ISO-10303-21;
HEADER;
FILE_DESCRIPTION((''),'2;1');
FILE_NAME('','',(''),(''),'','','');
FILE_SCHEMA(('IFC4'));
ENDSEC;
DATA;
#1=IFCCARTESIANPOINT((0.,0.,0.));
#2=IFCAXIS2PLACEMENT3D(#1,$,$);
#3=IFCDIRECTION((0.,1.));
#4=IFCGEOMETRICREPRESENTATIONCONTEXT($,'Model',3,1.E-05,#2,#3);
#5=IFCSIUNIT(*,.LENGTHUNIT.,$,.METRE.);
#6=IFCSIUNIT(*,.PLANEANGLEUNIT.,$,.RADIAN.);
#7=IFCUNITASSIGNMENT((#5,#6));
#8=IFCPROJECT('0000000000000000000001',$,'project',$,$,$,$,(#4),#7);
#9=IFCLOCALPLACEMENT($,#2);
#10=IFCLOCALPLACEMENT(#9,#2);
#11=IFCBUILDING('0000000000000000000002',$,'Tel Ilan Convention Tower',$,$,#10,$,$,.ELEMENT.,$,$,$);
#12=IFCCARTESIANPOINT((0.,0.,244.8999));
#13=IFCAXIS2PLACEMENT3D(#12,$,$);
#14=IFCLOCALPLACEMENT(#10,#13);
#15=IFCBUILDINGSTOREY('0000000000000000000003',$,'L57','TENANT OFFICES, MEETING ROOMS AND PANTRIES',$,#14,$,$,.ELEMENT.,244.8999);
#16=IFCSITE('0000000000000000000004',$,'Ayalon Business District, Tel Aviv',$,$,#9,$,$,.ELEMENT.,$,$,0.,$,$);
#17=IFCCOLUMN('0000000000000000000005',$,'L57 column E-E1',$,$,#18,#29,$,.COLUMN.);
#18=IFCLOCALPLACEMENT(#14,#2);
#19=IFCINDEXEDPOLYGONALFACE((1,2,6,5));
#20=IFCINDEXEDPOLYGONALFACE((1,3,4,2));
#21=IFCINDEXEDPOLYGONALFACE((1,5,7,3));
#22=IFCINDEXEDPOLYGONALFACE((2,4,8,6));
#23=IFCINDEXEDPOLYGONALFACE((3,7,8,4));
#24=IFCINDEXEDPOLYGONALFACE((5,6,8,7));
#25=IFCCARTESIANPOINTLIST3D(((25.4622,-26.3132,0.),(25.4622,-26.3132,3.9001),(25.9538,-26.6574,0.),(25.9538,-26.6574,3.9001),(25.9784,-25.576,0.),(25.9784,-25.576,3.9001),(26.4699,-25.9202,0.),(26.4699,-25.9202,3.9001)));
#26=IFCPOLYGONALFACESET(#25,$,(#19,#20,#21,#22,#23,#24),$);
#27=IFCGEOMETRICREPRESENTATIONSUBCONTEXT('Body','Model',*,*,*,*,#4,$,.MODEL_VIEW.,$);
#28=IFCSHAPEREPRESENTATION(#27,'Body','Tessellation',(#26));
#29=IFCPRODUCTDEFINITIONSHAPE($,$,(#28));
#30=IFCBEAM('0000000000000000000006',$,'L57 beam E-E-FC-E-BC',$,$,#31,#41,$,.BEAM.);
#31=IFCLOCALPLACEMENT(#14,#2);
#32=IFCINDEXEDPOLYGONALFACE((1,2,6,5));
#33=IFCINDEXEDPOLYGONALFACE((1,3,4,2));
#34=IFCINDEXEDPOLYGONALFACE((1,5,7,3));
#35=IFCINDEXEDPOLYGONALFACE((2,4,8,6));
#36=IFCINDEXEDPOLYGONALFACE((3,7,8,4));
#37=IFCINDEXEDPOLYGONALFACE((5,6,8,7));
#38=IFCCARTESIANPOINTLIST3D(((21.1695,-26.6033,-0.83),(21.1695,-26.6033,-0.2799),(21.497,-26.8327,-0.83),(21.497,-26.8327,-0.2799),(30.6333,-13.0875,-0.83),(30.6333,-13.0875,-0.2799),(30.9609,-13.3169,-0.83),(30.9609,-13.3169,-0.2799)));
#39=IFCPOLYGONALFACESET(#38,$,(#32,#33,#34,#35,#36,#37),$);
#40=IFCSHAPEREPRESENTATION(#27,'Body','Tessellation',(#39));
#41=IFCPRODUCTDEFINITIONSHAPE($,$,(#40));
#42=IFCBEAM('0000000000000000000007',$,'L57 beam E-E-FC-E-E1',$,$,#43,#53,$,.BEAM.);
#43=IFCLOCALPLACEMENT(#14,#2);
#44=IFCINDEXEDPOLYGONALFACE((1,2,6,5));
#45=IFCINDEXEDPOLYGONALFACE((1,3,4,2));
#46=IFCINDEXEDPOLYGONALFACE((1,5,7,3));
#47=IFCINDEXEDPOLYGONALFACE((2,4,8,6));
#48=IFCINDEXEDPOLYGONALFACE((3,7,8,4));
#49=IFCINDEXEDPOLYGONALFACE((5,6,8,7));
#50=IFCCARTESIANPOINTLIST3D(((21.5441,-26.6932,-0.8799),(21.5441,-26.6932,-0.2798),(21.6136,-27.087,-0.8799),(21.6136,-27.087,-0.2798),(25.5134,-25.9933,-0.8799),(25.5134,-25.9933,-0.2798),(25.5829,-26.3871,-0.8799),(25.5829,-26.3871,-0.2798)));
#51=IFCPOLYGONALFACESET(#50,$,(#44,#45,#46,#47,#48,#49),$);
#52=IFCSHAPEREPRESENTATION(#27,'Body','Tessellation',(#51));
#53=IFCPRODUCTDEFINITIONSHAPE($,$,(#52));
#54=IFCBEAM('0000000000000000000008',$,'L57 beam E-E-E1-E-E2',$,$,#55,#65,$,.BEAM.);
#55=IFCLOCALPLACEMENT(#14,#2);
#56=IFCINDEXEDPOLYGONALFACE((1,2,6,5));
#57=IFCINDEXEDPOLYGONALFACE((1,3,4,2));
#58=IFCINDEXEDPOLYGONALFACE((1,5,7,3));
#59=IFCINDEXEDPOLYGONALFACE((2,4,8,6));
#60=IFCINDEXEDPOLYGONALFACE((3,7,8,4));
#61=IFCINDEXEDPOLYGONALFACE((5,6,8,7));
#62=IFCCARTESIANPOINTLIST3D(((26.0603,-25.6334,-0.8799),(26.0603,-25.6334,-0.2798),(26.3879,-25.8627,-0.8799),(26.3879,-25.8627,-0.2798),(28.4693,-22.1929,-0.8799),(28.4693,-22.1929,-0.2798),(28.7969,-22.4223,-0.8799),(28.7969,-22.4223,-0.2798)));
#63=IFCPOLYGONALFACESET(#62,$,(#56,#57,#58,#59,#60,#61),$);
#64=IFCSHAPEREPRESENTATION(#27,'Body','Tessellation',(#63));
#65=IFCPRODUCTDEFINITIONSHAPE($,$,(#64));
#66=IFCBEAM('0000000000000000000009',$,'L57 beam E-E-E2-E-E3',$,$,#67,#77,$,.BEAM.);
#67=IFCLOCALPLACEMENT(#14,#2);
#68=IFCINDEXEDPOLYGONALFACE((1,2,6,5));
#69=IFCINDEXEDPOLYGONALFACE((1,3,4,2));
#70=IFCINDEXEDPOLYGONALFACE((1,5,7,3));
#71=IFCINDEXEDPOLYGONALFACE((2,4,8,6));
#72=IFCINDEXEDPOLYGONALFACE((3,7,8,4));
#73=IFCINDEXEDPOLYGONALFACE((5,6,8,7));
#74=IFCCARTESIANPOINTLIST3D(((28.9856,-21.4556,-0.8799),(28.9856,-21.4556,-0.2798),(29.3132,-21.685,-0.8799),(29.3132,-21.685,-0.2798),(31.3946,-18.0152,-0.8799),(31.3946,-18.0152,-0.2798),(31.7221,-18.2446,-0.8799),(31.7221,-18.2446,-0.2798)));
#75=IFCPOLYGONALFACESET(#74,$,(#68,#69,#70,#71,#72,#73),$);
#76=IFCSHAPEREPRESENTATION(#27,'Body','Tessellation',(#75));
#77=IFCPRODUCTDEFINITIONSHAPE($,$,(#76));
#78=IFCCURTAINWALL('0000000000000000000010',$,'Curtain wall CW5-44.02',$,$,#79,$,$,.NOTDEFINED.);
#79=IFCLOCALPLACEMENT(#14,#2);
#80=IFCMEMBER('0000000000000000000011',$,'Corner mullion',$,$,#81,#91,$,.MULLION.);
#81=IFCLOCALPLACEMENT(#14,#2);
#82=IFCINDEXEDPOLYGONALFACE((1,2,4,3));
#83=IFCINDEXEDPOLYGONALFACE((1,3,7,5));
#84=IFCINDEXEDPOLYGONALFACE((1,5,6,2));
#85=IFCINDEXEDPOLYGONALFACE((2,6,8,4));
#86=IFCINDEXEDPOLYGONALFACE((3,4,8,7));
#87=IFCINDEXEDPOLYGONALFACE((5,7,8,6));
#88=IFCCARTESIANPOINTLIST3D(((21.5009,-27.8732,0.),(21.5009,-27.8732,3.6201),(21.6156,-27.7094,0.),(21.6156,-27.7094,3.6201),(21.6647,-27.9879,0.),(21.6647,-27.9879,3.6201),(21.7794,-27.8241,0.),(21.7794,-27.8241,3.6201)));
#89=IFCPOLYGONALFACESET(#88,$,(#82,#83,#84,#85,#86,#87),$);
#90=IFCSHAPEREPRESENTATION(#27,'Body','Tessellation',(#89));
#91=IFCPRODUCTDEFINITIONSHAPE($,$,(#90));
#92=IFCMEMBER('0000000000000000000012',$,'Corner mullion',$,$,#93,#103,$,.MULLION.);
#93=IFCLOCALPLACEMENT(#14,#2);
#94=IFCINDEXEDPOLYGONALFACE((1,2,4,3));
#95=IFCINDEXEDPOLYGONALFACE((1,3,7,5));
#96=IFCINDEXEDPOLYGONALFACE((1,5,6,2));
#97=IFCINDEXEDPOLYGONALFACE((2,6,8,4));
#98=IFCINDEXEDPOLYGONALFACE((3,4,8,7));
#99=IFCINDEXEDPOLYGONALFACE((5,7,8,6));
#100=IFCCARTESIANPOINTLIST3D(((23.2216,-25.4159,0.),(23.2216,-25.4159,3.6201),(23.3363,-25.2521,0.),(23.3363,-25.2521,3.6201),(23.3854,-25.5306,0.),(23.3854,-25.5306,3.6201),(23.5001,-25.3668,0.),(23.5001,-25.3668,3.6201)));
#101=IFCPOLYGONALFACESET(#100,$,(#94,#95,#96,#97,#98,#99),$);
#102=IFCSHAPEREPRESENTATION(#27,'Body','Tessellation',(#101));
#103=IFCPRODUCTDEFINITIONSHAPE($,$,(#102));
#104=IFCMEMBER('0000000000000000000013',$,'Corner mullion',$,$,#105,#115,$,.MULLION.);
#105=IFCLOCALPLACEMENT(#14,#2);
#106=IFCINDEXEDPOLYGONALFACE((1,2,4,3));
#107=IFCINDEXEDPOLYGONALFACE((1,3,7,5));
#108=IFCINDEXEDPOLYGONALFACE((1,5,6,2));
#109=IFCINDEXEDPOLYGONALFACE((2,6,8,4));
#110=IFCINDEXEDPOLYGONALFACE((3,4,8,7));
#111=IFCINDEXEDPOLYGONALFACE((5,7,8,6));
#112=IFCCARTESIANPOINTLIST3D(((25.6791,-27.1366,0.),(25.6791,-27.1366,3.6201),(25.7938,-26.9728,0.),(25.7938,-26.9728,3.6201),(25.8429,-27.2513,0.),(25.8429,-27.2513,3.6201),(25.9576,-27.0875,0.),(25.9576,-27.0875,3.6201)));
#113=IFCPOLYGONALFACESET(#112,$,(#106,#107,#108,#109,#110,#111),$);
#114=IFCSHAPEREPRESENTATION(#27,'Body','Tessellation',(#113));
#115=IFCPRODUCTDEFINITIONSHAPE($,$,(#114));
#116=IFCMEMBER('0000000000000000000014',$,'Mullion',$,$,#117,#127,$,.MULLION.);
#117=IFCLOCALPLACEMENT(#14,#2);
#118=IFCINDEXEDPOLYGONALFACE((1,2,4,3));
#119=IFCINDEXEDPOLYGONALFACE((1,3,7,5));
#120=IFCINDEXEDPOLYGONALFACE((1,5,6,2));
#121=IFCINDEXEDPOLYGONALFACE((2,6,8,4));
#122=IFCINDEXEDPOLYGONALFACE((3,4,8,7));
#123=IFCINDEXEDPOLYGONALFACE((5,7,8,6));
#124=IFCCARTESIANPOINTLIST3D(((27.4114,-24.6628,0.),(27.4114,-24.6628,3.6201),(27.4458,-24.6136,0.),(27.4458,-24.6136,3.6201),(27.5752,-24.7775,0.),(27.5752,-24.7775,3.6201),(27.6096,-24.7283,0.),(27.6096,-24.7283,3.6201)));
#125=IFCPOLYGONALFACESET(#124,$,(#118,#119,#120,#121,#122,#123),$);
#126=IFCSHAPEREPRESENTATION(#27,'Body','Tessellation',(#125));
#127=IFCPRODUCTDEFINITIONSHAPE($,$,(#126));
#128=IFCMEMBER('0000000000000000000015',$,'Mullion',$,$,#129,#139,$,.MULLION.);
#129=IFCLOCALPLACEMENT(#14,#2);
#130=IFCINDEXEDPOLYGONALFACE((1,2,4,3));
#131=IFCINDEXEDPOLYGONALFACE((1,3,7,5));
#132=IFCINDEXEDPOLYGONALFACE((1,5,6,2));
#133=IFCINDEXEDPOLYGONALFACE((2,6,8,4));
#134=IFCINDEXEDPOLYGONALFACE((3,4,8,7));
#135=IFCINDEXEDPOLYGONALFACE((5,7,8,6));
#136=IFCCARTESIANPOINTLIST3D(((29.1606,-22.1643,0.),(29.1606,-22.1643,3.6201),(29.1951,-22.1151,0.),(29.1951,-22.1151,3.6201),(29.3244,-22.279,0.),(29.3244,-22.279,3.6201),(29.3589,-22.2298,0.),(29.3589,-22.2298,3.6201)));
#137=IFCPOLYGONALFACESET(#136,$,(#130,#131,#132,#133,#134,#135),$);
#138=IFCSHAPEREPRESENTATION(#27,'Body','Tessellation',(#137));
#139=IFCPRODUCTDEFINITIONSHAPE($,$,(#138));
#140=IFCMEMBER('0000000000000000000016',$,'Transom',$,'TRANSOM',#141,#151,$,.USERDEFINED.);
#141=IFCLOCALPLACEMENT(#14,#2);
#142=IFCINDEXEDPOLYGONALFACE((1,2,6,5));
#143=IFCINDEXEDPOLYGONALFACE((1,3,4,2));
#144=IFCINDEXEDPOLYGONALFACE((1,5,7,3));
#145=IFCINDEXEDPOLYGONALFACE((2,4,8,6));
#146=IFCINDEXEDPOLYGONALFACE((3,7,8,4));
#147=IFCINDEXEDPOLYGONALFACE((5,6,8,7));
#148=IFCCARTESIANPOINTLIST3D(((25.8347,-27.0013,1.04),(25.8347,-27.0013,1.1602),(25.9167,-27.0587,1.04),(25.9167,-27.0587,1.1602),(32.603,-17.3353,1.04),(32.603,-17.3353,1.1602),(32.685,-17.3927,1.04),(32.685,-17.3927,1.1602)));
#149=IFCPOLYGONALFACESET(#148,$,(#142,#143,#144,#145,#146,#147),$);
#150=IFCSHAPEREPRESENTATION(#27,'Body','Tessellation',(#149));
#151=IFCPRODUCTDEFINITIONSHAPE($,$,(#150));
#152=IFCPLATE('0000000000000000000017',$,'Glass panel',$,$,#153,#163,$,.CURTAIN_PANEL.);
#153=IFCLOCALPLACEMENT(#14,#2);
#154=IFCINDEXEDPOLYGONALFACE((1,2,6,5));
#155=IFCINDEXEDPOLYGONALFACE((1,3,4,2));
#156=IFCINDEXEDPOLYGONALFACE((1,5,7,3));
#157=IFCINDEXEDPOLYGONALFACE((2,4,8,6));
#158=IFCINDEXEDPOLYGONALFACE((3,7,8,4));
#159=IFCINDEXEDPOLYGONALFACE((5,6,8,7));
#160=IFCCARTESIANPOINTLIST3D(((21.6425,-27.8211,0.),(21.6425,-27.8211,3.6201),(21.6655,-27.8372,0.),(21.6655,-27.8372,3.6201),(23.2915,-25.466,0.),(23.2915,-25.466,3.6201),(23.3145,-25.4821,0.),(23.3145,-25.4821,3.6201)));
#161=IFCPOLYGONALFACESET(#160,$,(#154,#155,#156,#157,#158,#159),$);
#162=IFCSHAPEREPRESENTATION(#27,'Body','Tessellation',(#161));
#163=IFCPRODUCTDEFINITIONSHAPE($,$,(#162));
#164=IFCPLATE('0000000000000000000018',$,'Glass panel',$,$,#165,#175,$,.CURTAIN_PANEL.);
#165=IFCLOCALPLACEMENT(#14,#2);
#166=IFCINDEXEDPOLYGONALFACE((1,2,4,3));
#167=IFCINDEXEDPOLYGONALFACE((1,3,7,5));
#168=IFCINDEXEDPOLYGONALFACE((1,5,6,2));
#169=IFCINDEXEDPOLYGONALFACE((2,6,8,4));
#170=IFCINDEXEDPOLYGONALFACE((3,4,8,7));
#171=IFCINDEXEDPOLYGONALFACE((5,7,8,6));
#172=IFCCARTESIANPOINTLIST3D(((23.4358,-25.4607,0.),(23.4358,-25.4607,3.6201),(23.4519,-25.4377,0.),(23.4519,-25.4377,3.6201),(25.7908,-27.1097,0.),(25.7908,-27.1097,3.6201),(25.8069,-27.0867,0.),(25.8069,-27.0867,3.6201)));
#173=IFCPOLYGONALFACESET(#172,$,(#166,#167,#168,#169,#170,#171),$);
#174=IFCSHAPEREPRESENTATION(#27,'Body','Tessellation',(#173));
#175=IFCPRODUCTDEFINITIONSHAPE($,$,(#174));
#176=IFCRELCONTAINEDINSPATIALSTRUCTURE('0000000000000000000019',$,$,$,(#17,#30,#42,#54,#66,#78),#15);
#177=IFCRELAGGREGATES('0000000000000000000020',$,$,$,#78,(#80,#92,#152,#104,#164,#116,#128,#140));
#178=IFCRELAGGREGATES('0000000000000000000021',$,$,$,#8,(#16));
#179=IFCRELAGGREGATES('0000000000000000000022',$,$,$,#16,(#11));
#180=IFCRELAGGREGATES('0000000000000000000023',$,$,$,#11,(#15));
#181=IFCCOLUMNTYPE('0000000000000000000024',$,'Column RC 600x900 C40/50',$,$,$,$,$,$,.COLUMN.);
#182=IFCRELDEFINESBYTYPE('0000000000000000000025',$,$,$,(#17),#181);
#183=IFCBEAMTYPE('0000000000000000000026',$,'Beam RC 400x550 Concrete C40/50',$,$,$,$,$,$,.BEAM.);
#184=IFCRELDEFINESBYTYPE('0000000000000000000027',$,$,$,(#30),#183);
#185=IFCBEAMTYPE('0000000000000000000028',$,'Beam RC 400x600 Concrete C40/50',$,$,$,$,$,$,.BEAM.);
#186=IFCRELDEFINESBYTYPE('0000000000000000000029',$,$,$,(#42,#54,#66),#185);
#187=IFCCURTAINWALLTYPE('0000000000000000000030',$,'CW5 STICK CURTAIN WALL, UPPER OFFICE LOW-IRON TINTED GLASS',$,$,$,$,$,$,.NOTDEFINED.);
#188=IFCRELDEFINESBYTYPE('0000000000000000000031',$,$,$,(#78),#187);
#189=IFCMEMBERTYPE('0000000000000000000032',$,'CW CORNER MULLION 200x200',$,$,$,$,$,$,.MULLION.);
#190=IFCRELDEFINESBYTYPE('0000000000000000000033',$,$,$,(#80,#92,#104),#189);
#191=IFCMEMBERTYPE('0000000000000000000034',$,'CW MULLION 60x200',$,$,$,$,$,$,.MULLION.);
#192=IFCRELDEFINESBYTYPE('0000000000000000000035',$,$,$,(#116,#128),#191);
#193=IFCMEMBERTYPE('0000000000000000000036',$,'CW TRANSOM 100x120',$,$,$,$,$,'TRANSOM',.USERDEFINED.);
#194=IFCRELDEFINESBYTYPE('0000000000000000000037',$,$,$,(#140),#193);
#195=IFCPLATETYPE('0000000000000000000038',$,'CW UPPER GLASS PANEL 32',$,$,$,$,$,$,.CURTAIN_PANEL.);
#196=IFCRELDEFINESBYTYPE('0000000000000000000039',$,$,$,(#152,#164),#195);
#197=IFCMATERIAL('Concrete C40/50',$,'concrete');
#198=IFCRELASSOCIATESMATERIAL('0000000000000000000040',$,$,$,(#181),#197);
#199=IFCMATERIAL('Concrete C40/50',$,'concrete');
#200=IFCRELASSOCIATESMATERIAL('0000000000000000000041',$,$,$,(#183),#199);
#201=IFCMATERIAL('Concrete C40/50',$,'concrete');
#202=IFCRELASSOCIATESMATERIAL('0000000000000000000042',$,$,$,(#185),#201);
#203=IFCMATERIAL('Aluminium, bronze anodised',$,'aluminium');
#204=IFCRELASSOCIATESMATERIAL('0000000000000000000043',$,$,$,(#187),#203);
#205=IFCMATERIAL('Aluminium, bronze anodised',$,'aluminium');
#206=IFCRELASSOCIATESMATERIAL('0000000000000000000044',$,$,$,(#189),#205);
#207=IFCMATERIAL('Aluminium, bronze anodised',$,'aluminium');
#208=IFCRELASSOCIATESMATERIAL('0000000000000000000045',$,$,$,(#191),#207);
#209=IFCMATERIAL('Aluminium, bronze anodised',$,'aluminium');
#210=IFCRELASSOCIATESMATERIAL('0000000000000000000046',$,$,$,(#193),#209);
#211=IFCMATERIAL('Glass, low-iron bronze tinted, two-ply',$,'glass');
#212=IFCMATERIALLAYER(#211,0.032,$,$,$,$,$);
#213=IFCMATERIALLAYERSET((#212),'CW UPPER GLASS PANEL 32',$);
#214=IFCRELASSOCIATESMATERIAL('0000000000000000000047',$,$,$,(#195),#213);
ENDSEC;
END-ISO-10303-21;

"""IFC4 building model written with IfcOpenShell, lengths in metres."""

from ifc_helpers import new_model, si_unit, direction, frame, origin, origin_2d, place, context, subcontext, project, spatial, rectangle, extrude, material, layer, layer_set, material_profile, profile_set, type_object, element, aggregate, save


model = new_model("IFC4")

# Units and contexts
model_context = context("Model", 3, precision=1e-05, world=origin(), true_north=direction((0.0, 1.0)))
body_context = subcontext(model_context, "Body", "Model", "MODEL_VIEW")
ifc_project = project(units=[si_unit("LENGTHUNIT", "METRE"), si_unit("PLANEANGLEUNIT", "RADIAN")], contexts=[model_context])

# Site, building, storey
site_placement = place(None, origin())
site = spatial("IfcSite", under=ifc_project, at=site_placement, Name="Ayalon Business District, Tel Aviv", CompositionType="ELEMENT", RefElevation=0.0)
building_placement = place(site_placement, origin())
building = spatial("IfcBuilding", under=site, at=building_placement, Name="Tel Ilan Convention Tower", CompositionType="ELEMENT")
storey_placement = place(building_placement, frame((0.0, 0.0, 244.8999)))
storey = spatial("IfcBuildingStorey", under=building, at=storey_placement, Name="L57", Description="TENANT OFFICES, MEETING ROOMS AND PANTRIES", CompositionType="ELEMENT", Elevation=244.8999)

# Column
ifc_material_1 = material(Name="Concrete C40/50", Category="concrete")
ifc_material_profile_1 = material_profile(ifc_material_1, rectangle(XDim=0.8999, YDim=0.6001, at=origin_2d()), Name="RC 600x900")
ifc_profile_set_1 = profile_set([ifc_material_profile_1], Name="Concrete C40/50")
column_type = type_object("IfcColumnType", Name="Column RC 600x900 C40/50", PredefinedType="COLUMN", material=ifc_profile_set_1)
column_1_placement = place(storey_placement, frame((25.9661, -26.1167, 0.0), z_axis=(0.0, 0.0, 1.0), x_axis=(0.573576, 0.819152, 0.0)))
element("IfcColumn", 1, at=column_1_placement, inside=storey, type_object=column_type, Name="L57 column E-E1", PredefinedType="COLUMN", context=body_context, shape_type="SweptSolid", body=[
    extrude(rectangle(XDim=0.8999, YDim=0.6001, at=origin_2d()), origin(), (0.0, 0.0, 1.0), 3.9001),
])

# Beams
ifc_material_2 = material(Name="Concrete C40/50", Category="concrete")
ifc_material_profile_2 = material_profile(ifc_material_2, rectangle(XDim=0.3999, YDim=0.55, at=origin_2d()), Name="RC 400x550")
ifc_profile_set_2 = profile_set([ifc_material_profile_2], Name="Concrete C40/50")
beam_type_1 = type_object("IfcBeamType", Name="Beam RC 400x550 Concrete C40/50", PredefinedType="BEAM", material=ifc_profile_set_2)
beam_1_placement = place(storey_placement, frame((21.3333, -26.718, -0.5549), z_axis=(0.573575, 0.819153, 0.0), x_axis=(-0.819153, 0.573575, 0.0)))
element("IfcBeam", 2, at=beam_1_placement, inside=storey, type_object=beam_type_1, Name="L57 beam E-E-FC-E-BC", PredefinedType="BEAM", context=body_context, shape_type="SweptSolid", body=[
    extrude(rectangle(XDim=0.3999, YDim=0.55, at=origin_2d()), origin(), (0.0, 0.0, 1.0), 16.4998),
])
ifc_material_3 = material(Name="Concrete C40/50", Category="concrete")
ifc_material_profile_3 = material_profile(ifc_material_3, rectangle(XDim=0.3999, YDim=0.6001, at=origin_2d()), Name="RC 400x600")
ifc_profile_set_3 = profile_set([ifc_material_profile_3], Name="Concrete C40/50")
beam_type_2 = type_object("IfcBeamType", Name="Beam RC 400x600 Concrete C40/50", PredefinedType="BEAM", material=ifc_profile_set_3)
beam_2_placement = place(storey_placement, frame((21.5789, -26.8901, -0.5798), z_axis=(0.984805, 0.173664, 0.0), x_axis=(-0.173664, 0.984805, 0.0)))
element("IfcBeam", 3, at=beam_2_placement, inside=storey, type_object=beam_type_2, Name="L57 beam E-E-FC-E-E1", PredefinedType="BEAM", context=body_context, shape_type="SweptSolid", body=[
    extrude(rectangle(XDim=0.3999, YDim=0.6001, at=origin_2d()), origin(), (0.0, 0.0, 1.0), 4.0305),
])
for number, where, z_axis, x_axis, name in (
    (4, (26.2241, -25.748, -0.5798), (0.573564, 0.819161, 0.0), (-0.819161, 0.573564, 0.0), "L57 beam E-E-E1-E-E2"),
    (5, (29.1494, -21.5703, -0.5798), (0.573564, 0.819161, 0.0), (-0.819161, 0.573564, 0.0), "L57 beam E-E-E2-E-E3"),
):
    element("IfcBeam", number, at=place(storey_placement, frame(where, z_axis=z_axis, x_axis=x_axis)), inside=storey, type_object=beam_type_2, Name=name, PredefinedType="BEAM", context=body_context, shape_type="SweptSolid", body=[
        extrude(rectangle(XDim=0.3999, YDim=0.6001, at=origin_2d()), origin(), (0.0, 0.0, 1.0), 4.2),
    ])

# Curtain wall, members, plates
ifc_material_4 = material(Name="Aluminium, bronze anodised", Category="aluminium")
curtain_wall_type = type_object("IfcCurtainWallType", Name="CW5 STICK CURTAIN WALL, UPPER OFFICE LOW-IRON TINTED GLASS", PredefinedType="NOTDEFINED", material=ifc_material_4)
curtain_wall_placement = place(storey_placement, origin())
curtain_wall = element("IfcCurtainWall", 6, at=curtain_wall_placement, inside=storey, type_object=curtain_wall_type, Name="Curtain wall CW5-44.02", PredefinedType="NOTDEFINED")
ifc_material_5 = material(Name="Aluminium, bronze anodised", Category="aluminium")
ifc_material_profile_4 = material_profile(ifc_material_5, rectangle(XDim=0.2, YDim=0.2, at=origin_2d()), Name="CW CORNER MULLION 200x200")
ifc_profile_set_4 = profile_set([ifc_material_profile_4], Name="Aluminium, bronze anodised")
member_type_1 = type_object("IfcMemberType", Name="CW CORNER MULLION 200x200", PredefinedType="MULLION", material=ifc_profile_set_4)
member_1_placement = place(storey_placement, frame((21.6401, -27.8486, 0.0), z_axis=(0.0, 0.0, 1.0), x_axis=(0.819152, -0.573576, 0.0)))
member_1 = element("IfcMember", 7, at=member_1_placement, type_object=member_type_1, Name="Corner mullion", PredefinedType="MULLION", context=body_context, shape_type="SweptSolid", body=[
    extrude(rectangle(XDim=0.2, YDim=0.2, at=origin_2d()), origin(), (0.0, 0.0, 1.0), 3.6201),
])
member_2_placement = place(storey_placement, frame((23.3608, -25.3914, 0.0), z_axis=(0.0, 0.0, 1.0), x_axis=(0.573576, 0.819152, 0.0)))
member_2 = element("IfcMember", 8, at=member_2_placement, type_object=member_type_1, Name="Corner mullion", PredefinedType="MULLION", context=body_context, shape_type="SweptSolid", body=[
    extrude(rectangle(XDim=0.2, YDim=0.2, at=origin_2d()), origin(), (0.0, 0.0, 1.0), 3.6201),
])
member_3_placement = place(storey_placement, frame((25.8184, -27.1121, 0.0), z_axis=(0.0, 0.0, 1.0), x_axis=(0.819152, -0.573576, 0.0)))
member_3 = element("IfcMember", 9, at=member_3_placement, type_object=member_type_1, Name="Corner mullion", PredefinedType="MULLION", context=body_context, shape_type="SweptSolid", body=[
    extrude(rectangle(XDim=0.2, YDim=0.2, at=origin_2d()), origin(), (0.0, 0.0, 1.0), 3.6201),
])
ifc_material_6 = material(Name="Aluminium, bronze anodised", Category="aluminium")
ifc_material_profile_5 = material_profile(ifc_material_6, rectangle(XDim=0.0601, YDim=0.2, at=origin_2d()), Name="CW MULLION 60x200")
ifc_profile_set_5 = profile_set([ifc_material_profile_5], Name="Aluminium, bronze anodised")
member_type_2 = type_object("IfcMemberType", Name="CW MULLION 60x200", PredefinedType="MULLION", material=ifc_profile_set_5)
member_4_placement = place(storey_placement, frame((27.5105, -24.6956, 0.0), z_axis=(0.0, 0.0, 1.0), x_axis=(0.573576, 0.819152, 0.0)))
member_4 = element("IfcMember", 10, at=member_4_placement, type_object=member_type_2, Name="Mullion", PredefinedType="MULLION", context=body_context, shape_type="SweptSolid", body=[
    extrude(rectangle(XDim=0.0601, YDim=0.2, at=origin_2d()), origin(), (0.0, 0.0, 1.0), 3.6201),
])
member_5_placement = place(storey_placement, frame((29.2598, -22.197, 0.0), z_axis=(0.0, 0.0, 1.0), x_axis=(0.573576, 0.819152, 0.0)))
member_5 = element("IfcMember", 11, at=member_5_placement, type_object=member_type_2, Name="Mullion", PredefinedType="MULLION", context=body_context, shape_type="SweptSolid", body=[
    extrude(rectangle(XDim=0.0601, YDim=0.2, at=origin_2d()), origin(), (0.0, 0.0, 1.0), 3.6201),
])
ifc_material_7 = material(Name="Aluminium, bronze anodised", Category="aluminium")
ifc_material_profile_6 = material_profile(ifc_material_7, rectangle(XDim=0.1001, YDim=0.1201, at=origin_2d()), Name="CW TRANSOM 100x120")
ifc_profile_set_6 = profile_set([ifc_material_profile_6], Name="Aluminium, bronze anodised")
member_type_3 = type_object("IfcMemberType", Name="CW TRANSOM 100x120", ElementType="TRANSOM", PredefinedType="USERDEFINED", material=ifc_profile_set_6)
member_6_placement = place(storey_placement, frame((25.8757, -27.03, 1.1001), z_axis=(0.573582, 0.819148, 0.0), x_axis=(-0.819148, 0.573582, 0.0)))
member_6 = element("IfcMember", 12, at=member_6_placement, type_object=member_type_3, Name="Transom", ObjectType="TRANSOM", PredefinedType="USERDEFINED", context=body_context, shape_type="SweptSolid", body=[
    extrude(rectangle(XDim=0.1001, YDim=0.1201, at=origin_2d()), origin(), (0.0, 0.0, 1.0), 11.8),
])
ifc_material_8 = material(Name="Glass, low-iron bronze tinted, two-ply", Category="glass")
ifc_layer_1 = layer(ifc_material_8, 0.032)
ifc_layer_set_1 = layer_set([ifc_layer_1], Name="CW UPPER GLASS PANEL 32")
plate_type = type_object("IfcPlateType", Name="CW UPPER GLASS PANEL 32", PredefinedType="CURTAIN_PANEL", material=ifc_layer_set_1)
plate_1_placement = place(storey_placement, frame((22.4785, -26.6516, 0.0), z_axis=(0.0, 0.0, 1.0), x_axis=(0.573576, 0.819152, 0.0)))
plate_1 = element("IfcPlate", 13, at=plate_1_placement, type_object=plate_type, Name="Glass panel", PredefinedType="CURTAIN_PANEL", context=body_context, shape_type="SweptSolid", body=[
    extrude(rectangle(XDim=2.875, YDim=0.0281, at=origin_2d()), origin(), (0.0, 0.0, 1.0), 3.6201),
])
plate_2_placement = place(storey_placement, frame((24.6213, -26.2737, 0.0), z_axis=(0.0, 0.0, 1.0), x_axis=(0.819152, -0.573576, 0.0)))
plate_2 = element("IfcPlate", 14, at=plate_2_placement, type_object=plate_type, Name="Glass panel", PredefinedType="CURTAIN_PANEL", context=body_context, shape_type="SweptSolid", body=[
    extrude(rectangle(XDim=2.875, YDim=0.0281, at=origin_2d()), origin(), (0.0, 0.0, 1.0), 3.6201),
])
aggregate(curtain_wall, [member_1, member_2, plate_1, member_3, plate_2, member_4, member_5, member_6])

save(model, "model.ifc")
